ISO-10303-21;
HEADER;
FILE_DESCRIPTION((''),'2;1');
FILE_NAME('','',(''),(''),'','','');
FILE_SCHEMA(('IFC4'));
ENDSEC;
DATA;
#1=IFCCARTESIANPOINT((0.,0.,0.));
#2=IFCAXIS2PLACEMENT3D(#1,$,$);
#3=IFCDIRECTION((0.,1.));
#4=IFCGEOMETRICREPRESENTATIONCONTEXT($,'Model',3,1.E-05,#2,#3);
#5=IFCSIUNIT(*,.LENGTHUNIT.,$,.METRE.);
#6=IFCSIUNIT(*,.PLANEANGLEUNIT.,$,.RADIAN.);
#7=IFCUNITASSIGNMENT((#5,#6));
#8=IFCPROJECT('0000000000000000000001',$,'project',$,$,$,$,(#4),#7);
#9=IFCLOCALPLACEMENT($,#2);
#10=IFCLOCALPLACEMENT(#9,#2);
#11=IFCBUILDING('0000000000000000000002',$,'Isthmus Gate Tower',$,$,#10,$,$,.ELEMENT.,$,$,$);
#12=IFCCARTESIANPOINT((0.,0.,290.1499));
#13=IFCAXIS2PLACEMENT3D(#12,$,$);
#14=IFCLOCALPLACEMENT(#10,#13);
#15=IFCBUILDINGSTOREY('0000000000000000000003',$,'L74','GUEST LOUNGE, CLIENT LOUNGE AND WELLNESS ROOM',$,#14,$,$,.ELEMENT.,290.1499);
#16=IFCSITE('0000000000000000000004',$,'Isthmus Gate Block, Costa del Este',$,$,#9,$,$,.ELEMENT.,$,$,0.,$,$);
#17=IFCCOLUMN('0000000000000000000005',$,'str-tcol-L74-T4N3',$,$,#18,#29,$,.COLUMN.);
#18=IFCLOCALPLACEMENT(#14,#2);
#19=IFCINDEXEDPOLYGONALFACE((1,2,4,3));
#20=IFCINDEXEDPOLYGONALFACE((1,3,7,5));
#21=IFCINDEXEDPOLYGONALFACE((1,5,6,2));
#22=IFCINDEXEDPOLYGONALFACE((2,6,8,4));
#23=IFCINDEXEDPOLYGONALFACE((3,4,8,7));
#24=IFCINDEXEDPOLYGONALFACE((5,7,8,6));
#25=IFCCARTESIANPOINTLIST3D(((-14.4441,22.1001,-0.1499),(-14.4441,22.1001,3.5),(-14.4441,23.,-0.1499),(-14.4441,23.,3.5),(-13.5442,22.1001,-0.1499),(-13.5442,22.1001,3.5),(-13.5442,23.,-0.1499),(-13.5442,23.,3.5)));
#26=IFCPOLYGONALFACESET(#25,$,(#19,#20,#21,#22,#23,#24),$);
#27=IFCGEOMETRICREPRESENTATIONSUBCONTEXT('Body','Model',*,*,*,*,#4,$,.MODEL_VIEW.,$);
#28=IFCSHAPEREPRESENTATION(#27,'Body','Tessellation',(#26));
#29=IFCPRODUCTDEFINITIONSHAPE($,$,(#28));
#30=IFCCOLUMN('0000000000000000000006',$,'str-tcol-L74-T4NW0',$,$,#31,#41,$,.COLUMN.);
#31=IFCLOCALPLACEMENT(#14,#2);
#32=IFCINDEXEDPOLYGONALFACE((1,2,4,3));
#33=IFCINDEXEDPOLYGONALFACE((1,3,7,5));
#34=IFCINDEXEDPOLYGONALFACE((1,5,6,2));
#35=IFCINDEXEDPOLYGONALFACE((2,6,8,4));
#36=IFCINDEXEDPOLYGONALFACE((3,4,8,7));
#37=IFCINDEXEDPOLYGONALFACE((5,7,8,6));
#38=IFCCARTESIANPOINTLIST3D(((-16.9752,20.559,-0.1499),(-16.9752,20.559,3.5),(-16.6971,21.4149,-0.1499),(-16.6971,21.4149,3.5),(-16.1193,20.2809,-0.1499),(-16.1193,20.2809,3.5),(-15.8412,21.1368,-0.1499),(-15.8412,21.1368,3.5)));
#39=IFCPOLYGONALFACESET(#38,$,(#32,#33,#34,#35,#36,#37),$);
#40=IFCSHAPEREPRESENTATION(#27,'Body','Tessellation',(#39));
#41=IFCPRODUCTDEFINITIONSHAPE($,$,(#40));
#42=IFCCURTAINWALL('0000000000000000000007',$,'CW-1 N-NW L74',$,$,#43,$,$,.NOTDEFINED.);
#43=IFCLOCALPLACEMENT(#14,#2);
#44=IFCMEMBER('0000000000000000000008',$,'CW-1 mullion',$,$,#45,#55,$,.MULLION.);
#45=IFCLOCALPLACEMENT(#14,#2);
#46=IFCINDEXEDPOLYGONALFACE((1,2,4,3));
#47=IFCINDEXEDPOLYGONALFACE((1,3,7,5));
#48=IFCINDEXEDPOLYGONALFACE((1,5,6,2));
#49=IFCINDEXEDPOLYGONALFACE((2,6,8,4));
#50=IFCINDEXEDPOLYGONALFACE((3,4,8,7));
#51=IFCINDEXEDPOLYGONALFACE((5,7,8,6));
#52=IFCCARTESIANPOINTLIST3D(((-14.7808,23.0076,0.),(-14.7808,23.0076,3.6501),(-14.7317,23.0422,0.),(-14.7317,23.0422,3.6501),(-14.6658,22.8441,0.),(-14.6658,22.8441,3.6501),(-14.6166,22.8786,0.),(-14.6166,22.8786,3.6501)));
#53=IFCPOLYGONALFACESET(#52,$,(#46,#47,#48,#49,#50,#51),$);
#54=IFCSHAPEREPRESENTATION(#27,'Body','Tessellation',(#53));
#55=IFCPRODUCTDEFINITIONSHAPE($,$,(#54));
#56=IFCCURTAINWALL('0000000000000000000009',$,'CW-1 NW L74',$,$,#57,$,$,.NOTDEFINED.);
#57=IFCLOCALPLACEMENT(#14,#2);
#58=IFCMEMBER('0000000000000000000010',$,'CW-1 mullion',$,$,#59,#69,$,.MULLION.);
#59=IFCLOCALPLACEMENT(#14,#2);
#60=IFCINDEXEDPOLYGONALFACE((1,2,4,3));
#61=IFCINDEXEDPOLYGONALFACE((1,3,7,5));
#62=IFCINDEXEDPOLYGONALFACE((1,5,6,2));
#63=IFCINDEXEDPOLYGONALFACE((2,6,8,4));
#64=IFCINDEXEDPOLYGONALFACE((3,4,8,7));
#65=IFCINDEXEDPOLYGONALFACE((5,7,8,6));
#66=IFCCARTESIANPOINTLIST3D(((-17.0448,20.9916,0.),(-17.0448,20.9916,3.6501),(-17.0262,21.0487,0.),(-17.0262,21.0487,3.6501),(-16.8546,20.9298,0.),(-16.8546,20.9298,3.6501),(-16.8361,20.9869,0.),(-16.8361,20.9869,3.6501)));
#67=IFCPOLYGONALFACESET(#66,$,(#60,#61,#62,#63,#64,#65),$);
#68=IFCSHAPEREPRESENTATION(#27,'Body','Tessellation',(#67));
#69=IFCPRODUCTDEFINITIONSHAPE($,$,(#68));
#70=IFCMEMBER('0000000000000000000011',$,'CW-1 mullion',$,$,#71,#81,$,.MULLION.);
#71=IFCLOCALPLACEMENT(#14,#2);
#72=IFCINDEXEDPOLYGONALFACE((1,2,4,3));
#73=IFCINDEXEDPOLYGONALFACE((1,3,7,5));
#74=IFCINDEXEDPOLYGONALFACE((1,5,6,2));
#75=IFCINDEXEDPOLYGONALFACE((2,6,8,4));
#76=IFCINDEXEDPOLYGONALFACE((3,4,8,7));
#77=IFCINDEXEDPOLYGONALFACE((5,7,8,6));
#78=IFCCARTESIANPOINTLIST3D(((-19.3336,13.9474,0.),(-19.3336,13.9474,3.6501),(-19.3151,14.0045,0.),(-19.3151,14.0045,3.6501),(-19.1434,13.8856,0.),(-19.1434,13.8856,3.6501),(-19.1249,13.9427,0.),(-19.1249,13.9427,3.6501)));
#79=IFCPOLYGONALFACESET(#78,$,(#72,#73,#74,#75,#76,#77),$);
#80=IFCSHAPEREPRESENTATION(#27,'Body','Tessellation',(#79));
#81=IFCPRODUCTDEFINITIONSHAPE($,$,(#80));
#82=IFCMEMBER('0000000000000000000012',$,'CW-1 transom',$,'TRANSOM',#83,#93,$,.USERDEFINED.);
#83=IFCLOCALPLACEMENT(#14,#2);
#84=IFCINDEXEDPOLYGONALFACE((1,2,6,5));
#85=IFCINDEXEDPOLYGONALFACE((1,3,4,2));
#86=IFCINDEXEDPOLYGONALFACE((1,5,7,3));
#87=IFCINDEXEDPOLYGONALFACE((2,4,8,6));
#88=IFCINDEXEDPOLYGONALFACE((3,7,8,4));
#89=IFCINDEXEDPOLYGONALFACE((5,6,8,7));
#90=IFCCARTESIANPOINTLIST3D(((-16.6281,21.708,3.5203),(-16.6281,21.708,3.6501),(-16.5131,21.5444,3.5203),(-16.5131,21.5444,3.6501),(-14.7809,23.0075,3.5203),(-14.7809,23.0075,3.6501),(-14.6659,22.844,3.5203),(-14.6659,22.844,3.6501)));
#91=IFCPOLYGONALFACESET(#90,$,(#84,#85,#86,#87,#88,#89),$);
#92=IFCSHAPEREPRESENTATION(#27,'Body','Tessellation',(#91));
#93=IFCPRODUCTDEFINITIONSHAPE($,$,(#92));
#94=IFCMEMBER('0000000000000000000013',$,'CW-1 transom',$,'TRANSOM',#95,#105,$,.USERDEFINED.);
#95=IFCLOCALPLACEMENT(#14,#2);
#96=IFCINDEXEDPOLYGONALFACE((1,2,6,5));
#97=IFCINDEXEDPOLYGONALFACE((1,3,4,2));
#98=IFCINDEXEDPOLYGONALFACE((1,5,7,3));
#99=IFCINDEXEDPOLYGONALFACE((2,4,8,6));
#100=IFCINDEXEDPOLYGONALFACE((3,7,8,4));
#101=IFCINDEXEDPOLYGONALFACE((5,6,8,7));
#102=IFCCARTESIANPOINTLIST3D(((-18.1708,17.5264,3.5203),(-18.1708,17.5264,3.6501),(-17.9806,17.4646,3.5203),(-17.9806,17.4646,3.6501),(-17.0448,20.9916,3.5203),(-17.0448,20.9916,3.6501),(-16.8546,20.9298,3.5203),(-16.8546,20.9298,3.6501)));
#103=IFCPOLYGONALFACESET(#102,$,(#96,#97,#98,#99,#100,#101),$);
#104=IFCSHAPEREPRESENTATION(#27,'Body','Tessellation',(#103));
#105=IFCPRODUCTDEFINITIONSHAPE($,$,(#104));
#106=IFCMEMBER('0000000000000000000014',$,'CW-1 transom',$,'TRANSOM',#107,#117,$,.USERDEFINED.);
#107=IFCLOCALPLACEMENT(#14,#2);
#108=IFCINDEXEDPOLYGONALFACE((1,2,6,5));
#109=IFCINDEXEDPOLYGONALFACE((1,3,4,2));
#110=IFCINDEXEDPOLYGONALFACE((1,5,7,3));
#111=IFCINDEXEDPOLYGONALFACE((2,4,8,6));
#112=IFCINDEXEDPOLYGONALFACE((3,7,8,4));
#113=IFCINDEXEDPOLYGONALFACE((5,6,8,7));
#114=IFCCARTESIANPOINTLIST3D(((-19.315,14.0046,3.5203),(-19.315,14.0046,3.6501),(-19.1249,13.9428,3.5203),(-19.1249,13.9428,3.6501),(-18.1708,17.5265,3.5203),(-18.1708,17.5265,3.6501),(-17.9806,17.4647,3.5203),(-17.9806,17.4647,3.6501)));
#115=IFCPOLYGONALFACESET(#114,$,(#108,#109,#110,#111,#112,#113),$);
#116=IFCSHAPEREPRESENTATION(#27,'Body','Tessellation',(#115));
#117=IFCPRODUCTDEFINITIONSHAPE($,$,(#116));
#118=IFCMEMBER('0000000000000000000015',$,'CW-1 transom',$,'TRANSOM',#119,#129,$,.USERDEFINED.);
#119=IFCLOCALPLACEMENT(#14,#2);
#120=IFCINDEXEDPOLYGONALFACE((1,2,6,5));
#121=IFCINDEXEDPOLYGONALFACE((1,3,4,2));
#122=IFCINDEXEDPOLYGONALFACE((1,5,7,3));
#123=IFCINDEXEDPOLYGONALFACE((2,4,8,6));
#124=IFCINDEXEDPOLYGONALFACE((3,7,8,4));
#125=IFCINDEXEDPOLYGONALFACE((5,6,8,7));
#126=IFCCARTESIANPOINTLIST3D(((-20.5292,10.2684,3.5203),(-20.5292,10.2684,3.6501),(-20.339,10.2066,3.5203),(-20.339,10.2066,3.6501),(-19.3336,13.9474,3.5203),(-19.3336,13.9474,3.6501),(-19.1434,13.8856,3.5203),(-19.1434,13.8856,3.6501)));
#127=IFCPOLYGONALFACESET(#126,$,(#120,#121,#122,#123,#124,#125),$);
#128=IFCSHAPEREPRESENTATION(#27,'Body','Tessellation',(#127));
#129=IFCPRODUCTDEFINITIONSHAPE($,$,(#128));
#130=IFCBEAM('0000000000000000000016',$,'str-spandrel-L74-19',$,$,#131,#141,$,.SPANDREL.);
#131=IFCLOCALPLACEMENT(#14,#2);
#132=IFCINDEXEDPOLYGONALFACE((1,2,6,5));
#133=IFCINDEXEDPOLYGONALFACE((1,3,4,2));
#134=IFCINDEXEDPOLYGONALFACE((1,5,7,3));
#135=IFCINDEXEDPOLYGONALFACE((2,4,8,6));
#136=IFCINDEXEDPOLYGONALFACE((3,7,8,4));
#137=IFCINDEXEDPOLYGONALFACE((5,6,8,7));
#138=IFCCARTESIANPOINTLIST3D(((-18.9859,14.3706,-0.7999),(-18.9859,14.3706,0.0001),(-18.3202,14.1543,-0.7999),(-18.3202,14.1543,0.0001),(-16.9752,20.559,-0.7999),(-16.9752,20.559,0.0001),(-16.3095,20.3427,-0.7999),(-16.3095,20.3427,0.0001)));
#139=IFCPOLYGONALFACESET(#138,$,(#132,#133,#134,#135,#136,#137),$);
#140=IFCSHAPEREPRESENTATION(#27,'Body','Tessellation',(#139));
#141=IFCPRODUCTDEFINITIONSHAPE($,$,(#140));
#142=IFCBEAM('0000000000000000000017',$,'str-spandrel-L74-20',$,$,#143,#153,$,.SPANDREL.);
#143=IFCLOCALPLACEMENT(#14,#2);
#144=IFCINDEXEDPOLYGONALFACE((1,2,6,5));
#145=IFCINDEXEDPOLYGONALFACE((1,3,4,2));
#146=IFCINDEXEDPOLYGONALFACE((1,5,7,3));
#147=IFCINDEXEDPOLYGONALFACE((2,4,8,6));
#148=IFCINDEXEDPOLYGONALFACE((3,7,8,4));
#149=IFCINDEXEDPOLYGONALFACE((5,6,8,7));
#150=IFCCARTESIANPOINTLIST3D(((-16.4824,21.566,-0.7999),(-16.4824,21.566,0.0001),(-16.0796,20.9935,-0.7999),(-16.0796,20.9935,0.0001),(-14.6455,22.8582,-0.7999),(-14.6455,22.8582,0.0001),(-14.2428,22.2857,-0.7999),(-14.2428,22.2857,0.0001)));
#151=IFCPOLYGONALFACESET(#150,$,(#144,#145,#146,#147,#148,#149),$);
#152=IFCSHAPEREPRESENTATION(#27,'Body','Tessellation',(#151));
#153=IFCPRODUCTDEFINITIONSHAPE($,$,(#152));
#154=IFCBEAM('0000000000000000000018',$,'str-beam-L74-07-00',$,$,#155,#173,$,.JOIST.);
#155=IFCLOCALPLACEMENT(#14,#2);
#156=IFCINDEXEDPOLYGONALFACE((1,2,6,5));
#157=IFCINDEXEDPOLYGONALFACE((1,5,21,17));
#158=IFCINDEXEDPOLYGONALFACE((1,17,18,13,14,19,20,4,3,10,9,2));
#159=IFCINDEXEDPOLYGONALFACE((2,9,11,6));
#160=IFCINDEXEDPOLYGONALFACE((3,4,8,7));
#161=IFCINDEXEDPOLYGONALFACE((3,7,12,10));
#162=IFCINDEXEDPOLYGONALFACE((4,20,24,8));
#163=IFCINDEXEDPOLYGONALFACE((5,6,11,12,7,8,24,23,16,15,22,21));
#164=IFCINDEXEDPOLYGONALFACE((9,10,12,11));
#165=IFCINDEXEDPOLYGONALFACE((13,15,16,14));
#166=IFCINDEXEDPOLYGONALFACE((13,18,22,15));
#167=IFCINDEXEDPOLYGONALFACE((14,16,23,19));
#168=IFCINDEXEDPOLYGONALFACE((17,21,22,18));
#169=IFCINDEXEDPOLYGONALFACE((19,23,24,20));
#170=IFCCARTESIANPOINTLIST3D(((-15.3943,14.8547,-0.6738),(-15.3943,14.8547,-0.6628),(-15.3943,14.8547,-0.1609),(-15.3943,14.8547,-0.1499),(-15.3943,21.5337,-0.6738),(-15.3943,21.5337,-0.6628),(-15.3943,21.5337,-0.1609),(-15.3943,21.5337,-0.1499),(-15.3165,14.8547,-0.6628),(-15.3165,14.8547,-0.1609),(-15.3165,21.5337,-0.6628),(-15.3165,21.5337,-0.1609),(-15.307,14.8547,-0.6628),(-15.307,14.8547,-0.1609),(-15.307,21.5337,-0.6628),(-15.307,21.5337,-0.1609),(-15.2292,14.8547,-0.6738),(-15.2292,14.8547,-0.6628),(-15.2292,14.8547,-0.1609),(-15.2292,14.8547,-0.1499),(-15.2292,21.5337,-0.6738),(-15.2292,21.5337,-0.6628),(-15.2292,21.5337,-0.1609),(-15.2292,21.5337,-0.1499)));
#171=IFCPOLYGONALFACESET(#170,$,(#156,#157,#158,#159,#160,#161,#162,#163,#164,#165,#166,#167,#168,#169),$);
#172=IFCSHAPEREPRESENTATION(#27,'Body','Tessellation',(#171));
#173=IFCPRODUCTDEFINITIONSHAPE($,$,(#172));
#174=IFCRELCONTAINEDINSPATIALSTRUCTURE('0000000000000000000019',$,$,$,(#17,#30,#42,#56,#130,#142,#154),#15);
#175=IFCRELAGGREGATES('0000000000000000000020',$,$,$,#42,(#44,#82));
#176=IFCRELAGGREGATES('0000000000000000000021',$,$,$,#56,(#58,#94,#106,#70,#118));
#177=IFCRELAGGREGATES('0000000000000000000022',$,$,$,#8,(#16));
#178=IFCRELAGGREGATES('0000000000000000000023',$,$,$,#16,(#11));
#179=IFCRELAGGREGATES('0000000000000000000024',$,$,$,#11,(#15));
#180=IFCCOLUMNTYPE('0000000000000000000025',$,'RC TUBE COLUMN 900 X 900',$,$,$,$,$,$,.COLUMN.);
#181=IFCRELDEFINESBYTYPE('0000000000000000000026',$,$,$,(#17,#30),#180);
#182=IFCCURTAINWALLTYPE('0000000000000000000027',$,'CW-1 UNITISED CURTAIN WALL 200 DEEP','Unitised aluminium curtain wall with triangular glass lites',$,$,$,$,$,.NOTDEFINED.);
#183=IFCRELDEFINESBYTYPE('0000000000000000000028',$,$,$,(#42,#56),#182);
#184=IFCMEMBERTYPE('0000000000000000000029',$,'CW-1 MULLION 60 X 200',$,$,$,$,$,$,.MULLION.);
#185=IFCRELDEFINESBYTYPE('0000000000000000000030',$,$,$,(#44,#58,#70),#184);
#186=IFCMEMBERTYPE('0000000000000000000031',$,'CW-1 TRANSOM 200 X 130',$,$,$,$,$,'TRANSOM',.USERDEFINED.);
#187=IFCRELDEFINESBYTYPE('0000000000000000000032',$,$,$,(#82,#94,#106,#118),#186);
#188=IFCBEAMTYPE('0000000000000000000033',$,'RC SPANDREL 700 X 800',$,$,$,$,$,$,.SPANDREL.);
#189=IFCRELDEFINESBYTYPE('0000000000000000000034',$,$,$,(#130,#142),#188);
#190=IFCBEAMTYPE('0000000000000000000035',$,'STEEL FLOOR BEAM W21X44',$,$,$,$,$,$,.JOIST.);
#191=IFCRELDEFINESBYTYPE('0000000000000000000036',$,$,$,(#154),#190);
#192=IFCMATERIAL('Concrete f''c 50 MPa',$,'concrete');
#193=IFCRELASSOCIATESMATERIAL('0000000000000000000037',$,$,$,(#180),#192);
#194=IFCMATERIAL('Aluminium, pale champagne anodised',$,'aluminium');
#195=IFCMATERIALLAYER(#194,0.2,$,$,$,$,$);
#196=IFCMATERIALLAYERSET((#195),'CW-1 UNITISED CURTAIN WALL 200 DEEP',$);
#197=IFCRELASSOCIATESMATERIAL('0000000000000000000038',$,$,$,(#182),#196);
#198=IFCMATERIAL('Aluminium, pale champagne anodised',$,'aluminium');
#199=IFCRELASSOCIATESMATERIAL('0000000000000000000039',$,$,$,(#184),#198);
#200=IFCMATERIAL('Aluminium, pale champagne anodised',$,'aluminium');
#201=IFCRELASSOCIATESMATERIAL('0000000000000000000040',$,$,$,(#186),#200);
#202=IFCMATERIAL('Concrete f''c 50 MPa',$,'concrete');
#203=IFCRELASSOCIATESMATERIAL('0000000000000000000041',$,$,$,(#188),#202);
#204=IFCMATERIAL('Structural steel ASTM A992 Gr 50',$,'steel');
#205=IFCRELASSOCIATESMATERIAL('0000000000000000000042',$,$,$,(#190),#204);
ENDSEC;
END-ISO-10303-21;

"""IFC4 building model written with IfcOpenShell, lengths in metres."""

from ifc_helpers import new_model, si_unit, direction, frame, origin, origin_2d, place, context, subcontext, project, spatial, rectangle, i_section, extrude, material, layer, layer_set, material_profile, profile_set, type_object, element, aggregate, save


model = new_model("IFC4")

# Units and contexts
model_context = context("Model", 3, precision=1e-05, world=origin(), true_north=direction((0.0, 1.0)))
body_context = subcontext(model_context, "Body", "Model", "MODEL_VIEW")
ifc_project = project(units=[si_unit("LENGTHUNIT", "METRE"), si_unit("PLANEANGLEUNIT", "RADIAN")], contexts=[model_context])

# Site, building, storey
site_placement = place(None, origin())
site = spatial("IfcSite", under=ifc_project, at=site_placement, Name="Isthmus Gate Block, Costa del Este", CompositionType="ELEMENT", RefElevation=0.0)
building_placement = place(site_placement, origin())
building = spatial("IfcBuilding", under=site, at=building_placement, Name="Isthmus Gate Tower", CompositionType="ELEMENT")
storey_placement = place(building_placement, frame((0.0, 0.0, 290.1499)))
storey = spatial("IfcBuildingStorey", under=building, at=storey_placement, Name="L74", Description="GUEST LOUNGE, CLIENT LOUNGE AND WELLNESS ROOM", CompositionType="ELEMENT", Elevation=290.1499)

# Columns
ifc_material_1 = material(Name="Concrete f'c 50 MPa", Category="concrete")
ifc_material_profile_1 = material_profile(ifc_material_1, rectangle(XDim=0.8999, YDim=0.8999, at=origin_2d()), Name="RC 900X900")
ifc_profile_set_1 = profile_set([ifc_material_profile_1], Name="Concrete f'c 50 MPa")
column_type = type_object("IfcColumnType", Name="RC TUBE COLUMN 900 X 900", PredefinedType="COLUMN", material=ifc_profile_set_1)
for number, where, z_axis, x_axis, name in (
    (1, (-13.9941, 22.55, -0.1499), (0.0, 0.0, 1.0), (-1.0, 0.0, 0.0), "str-tcol-L74-T4N3"),
    (2, (-16.4082, 20.8479, -0.1499), (0.0, 0.0, 1.0), (-0.309017, -0.951057, 0.0), "str-tcol-L74-T4NW0"),
):
    element("IfcColumn", number, at=place(storey_placement, frame(where, z_axis=z_axis, x_axis=x_axis)), inside=storey, type_object=column_type, Name=name, PredefinedType="COLUMN", context=body_context, shape_type="SweptSolid", body=[
        extrude(rectangle(XDim=0.8999, YDim=0.8999, at=origin_2d()), origin(), (0.0, 0.0, 1.0), 3.6499),
    ])

# Curtain wall, member
ifc_material_2 = material(Name="Aluminium, pale champagne anodised", Category="aluminium")
ifc_layer_1 = layer(ifc_material_2, 0.2)
ifc_layer_set_1 = layer_set([ifc_layer_1], Name="CW-1 UNITISED CURTAIN WALL 200 DEEP")
curtain_wall_type = type_object("IfcCurtainWallType", Name="CW-1 UNITISED CURTAIN WALL 200 DEEP", Description="Unitised aluminium curtain wall with triangular glass lites", PredefinedType="NOTDEFINED", material=ifc_layer_set_1)
curtain_wall_1_placement = place(storey_placement, origin())
curtain_wall_1 = element("IfcCurtainWall", 3, at=curtain_wall_1_placement, inside=storey, type_object=curtain_wall_type, Name="CW-1 N-NW L74", PredefinedType="NOTDEFINED")
ifc_material_3 = material(Name="Aluminium, pale champagne anodised", Category="aluminium")
ifc_material_profile_2 = material_profile(ifc_material_3, rectangle(XDim=0.0601, YDim=0.2, at=origin_2d()), Name="60x200")
ifc_profile_set_2 = profile_set([ifc_material_profile_2], Name="Aluminium, pale champagne anodised")
member_type_1 = type_object("IfcMemberType", Name="CW-1 MULLION 60 X 200", PredefinedType="MULLION", material=ifc_profile_set_2)
member_1_placement = place(storey_placement, frame((-14.6987, 22.9431, 0.0), z_axis=(0.0, 0.0, 1.0), x_axis=(-0.81786, -0.575418, 0.0)))
member_1 = element("IfcMember", 4, at=member_1_placement, type_object=member_type_1, Name="CW-1 mullion", PredefinedType="MULLION", context=body_context, shape_type="SweptSolid", body=[
    extrude(rectangle(XDim=0.0601, YDim=0.2, at=origin_2d()), origin(), (0.0, 0.0, 1.0), 3.6501),
])

# Curtain wall, members
curtain_wall_2_placement = place(storey_placement, origin())
curtain_wall_2 = element("IfcCurtainWall", 5, at=curtain_wall_2_placement, inside=storey, type_object=curtain_wall_type, Name="CW-1 NW L74", PredefinedType="NOTDEFINED")
member_2_placement = place(storey_placement, frame((-16.9404, 20.9893, 0.0), z_axis=(0.0, 0.0, 1.0), x_axis=(-0.309017, -0.951057, 0.0)))
member_2 = element("IfcMember", 6, at=member_2_placement, type_object=member_type_1, Name="CW-1 mullion", PredefinedType="MULLION", context=body_context, shape_type="SweptSolid", body=[
    extrude(rectangle(XDim=0.0601, YDim=0.2, at=origin_2d()), origin(), (0.0, 0.0, 1.0), 3.6501),
])
member_3_placement = place(storey_placement, frame((-19.2292, 13.9451, 0.0), z_axis=(0.0, 0.0, 1.0), x_axis=(-0.309017, -0.951057, 0.0)))
member_3 = element("IfcMember", 7, at=member_3_placement, type_object=member_type_1, Name="CW-1 mullion", PredefinedType="MULLION", context=body_context, shape_type="SweptSolid", body=[
    extrude(rectangle(XDim=0.0601, YDim=0.2, at=origin_2d()), origin(), (0.0, 0.0, 1.0), 3.6501),
])

# Members
ifc_material_4 = material(Name="Aluminium, pale champagne anodised", Category="aluminium")
ifc_material_profile_3 = material_profile(ifc_material_4, rectangle(XDim=0.2, YDim=0.1299, at=origin_2d()), Name="200x130")
ifc_profile_set_3 = profile_set([ifc_material_profile_3], Name="Aluminium, pale champagne anodised")
member_type_2 = type_object("IfcMemberType", Name="CW-1 TRANSOM 200 X 130", ElementType="TRANSOM", PredefinedType="USERDEFINED", material=ifc_profile_set_3)
member_4_placement = place(storey_placement, frame((-14.7234, 22.9258, 3.5852), z_axis=(-0.817869, -0.575405, 0.0), x_axis=(0.575405, -0.817869, 0.0)))
member_4 = element("IfcMember", 8, at=member_4_placement, type_object=member_type_2, Name="CW-1 transom", ObjectType="TRANSOM", PredefinedType="USERDEFINED", context=body_context, shape_type="SweptSolid", body=[
    extrude(rectangle(XDim=0.2, YDim=0.1299, at=origin_2d()), origin(), (0.0, 0.0, 1.0), 2.2585),
])
member_5_placement = place(storey_placement, frame((-16.9497, 20.9607, 3.5852), z_axis=(-0.309042, -0.951048, 0.0), x_axis=(0.951048, -0.309042, 0.0)))
member_5 = element("IfcMember", 9, at=member_5_placement, type_object=member_type_2, Name="CW-1 transom", ObjectType="TRANSOM", PredefinedType="USERDEFINED", context=body_context, shape_type="SweptSolid", body=[
    extrude(rectangle(XDim=0.2, YDim=0.1299, at=origin_2d()), origin(), (0.0, 0.0, 1.0), 3.6436),
])
member_6_placement = place(storey_placement, frame((-18.0757, 17.4956, 3.5852), z_axis=(-0.309, -0.951062, 0.0), x_axis=(0.951062, -0.309, 0.0)))
member_6 = element("IfcMember", 10, at=member_6_placement, type_object=member_type_2, Name="CW-1 transom", ObjectType="TRANSOM", PredefinedType="USERDEFINED", context=body_context, shape_type="SweptSolid", body=[
    extrude(rectangle(XDim=0.2, YDim=0.1299, at=origin_2d()), origin(), (0.0, 0.0, 1.0), 3.7031),
])
member_7_placement = place(storey_placement, frame((-19.2385, 13.9165, 3.5852), z_axis=(-0.309062, -0.951042, 0.0), x_axis=(0.951042, -0.309062, 0.0)))
member_7 = element("IfcMember", 11, at=member_7_placement, type_object=member_type_2, Name="CW-1 transom", ObjectType="TRANSOM", PredefinedType="USERDEFINED", context=body_context, shape_type="SweptSolid", body=[
    extrude(rectangle(XDim=0.2, YDim=0.1299, at=origin_2d()), origin(), (0.0, 0.0, 1.0), 3.8684),
])

# Beams
ifc_material_5 = material(Name="Concrete f'c 50 MPa", Category="concrete")
ifc_material_profile_4 = material_profile(ifc_material_5, rectangle(XDim=0.7, YDim=0.8, at=origin_2d()), Name="RC 700X800")
ifc_profile_set_4 = profile_set([ifc_material_profile_4], Name="Concrete f'c 50 MPa")
beam_type_1 = type_object("IfcBeamType", Name="RC SPANDREL 700 X 800", PredefinedType="SPANDREL", material=ifc_profile_set_4)
beam_1_placement = place(storey_placement, frame((-18.6531, 14.2625, -0.3999), z_axis=(0.309015, 0.951057, 0.0), x_axis=(-0.951057, 0.309015, 0.0)))
element("IfcBeam", 12, at=beam_1_placement, inside=storey, type_object=beam_type_1, Name="str-spandrel-L74-19", PredefinedType="SPANDREL", context=body_context, shape_type="SweptSolid", body=[
    extrude(rectangle(XDim=0.7, YDim=0.8, at=origin_2d()), origin(), (0.0, 0.0, 1.0), 6.5068),
])
beam_2_placement = place(storey_placement, frame((-16.281, 21.2798, -0.3999), z_axis=(0.817892, 0.575372, 0.0), x_axis=(-0.575372, 0.817892, 0.0)))
element("IfcBeam", 13, at=beam_2_placement, inside=storey, type_object=beam_type_1, Name="str-spandrel-L74-20", PredefinedType="SPANDREL", context=body_context, shape_type="SweptSolid", body=[
    extrude(rectangle(XDim=0.7, YDim=0.8, at=origin_2d()), origin(), (0.0, 0.0, 1.0), 2.2458),
])
ifc_material_6 = material(Name="Structural steel ASTM A992 Gr 50", Category="steel")
ifc_material_profile_5 = material_profile(ifc_material_6, i_section(OverallWidth=0.165, OverallDepth=0.5239, WebThickness=0.0095, FlangeThickness=0.011, at=origin_2d()), Name="W21X44")
ifc_profile_set_5 = profile_set([ifc_material_profile_5], Name="Structural steel ASTM A992 Gr 50")
beam_type_2 = type_object("IfcBeamType", Name="STEEL FLOOR BEAM W21X44", PredefinedType="JOIST", material=ifc_profile_set_5)
beam_3_placement = place(storey_placement, frame((-15.3118, 14.8547, -0.4119), z_axis=(0.0, 1.0, 0.0), x_axis=(-1.0, 0.0, 0.0)))
element("IfcBeam", 14, at=beam_3_placement, inside=storey, type_object=beam_type_2, Name="str-beam-L74-07-00", PredefinedType="JOIST", context=body_context, shape_type="SweptSolid", body=[
    extrude(i_section(OverallWidth=0.165, OverallDepth=0.5239, WebThickness=0.0095, FlangeThickness=0.011, at=origin_2d()), origin(), (0.0, 0.0, 1.0), 6.679),
])

aggregate(curtain_wall_1, [member_1, member_4])

aggregate(curtain_wall_2, [member_2, member_5, member_6, member_3, member_7])

save(model, "model.ifc")
